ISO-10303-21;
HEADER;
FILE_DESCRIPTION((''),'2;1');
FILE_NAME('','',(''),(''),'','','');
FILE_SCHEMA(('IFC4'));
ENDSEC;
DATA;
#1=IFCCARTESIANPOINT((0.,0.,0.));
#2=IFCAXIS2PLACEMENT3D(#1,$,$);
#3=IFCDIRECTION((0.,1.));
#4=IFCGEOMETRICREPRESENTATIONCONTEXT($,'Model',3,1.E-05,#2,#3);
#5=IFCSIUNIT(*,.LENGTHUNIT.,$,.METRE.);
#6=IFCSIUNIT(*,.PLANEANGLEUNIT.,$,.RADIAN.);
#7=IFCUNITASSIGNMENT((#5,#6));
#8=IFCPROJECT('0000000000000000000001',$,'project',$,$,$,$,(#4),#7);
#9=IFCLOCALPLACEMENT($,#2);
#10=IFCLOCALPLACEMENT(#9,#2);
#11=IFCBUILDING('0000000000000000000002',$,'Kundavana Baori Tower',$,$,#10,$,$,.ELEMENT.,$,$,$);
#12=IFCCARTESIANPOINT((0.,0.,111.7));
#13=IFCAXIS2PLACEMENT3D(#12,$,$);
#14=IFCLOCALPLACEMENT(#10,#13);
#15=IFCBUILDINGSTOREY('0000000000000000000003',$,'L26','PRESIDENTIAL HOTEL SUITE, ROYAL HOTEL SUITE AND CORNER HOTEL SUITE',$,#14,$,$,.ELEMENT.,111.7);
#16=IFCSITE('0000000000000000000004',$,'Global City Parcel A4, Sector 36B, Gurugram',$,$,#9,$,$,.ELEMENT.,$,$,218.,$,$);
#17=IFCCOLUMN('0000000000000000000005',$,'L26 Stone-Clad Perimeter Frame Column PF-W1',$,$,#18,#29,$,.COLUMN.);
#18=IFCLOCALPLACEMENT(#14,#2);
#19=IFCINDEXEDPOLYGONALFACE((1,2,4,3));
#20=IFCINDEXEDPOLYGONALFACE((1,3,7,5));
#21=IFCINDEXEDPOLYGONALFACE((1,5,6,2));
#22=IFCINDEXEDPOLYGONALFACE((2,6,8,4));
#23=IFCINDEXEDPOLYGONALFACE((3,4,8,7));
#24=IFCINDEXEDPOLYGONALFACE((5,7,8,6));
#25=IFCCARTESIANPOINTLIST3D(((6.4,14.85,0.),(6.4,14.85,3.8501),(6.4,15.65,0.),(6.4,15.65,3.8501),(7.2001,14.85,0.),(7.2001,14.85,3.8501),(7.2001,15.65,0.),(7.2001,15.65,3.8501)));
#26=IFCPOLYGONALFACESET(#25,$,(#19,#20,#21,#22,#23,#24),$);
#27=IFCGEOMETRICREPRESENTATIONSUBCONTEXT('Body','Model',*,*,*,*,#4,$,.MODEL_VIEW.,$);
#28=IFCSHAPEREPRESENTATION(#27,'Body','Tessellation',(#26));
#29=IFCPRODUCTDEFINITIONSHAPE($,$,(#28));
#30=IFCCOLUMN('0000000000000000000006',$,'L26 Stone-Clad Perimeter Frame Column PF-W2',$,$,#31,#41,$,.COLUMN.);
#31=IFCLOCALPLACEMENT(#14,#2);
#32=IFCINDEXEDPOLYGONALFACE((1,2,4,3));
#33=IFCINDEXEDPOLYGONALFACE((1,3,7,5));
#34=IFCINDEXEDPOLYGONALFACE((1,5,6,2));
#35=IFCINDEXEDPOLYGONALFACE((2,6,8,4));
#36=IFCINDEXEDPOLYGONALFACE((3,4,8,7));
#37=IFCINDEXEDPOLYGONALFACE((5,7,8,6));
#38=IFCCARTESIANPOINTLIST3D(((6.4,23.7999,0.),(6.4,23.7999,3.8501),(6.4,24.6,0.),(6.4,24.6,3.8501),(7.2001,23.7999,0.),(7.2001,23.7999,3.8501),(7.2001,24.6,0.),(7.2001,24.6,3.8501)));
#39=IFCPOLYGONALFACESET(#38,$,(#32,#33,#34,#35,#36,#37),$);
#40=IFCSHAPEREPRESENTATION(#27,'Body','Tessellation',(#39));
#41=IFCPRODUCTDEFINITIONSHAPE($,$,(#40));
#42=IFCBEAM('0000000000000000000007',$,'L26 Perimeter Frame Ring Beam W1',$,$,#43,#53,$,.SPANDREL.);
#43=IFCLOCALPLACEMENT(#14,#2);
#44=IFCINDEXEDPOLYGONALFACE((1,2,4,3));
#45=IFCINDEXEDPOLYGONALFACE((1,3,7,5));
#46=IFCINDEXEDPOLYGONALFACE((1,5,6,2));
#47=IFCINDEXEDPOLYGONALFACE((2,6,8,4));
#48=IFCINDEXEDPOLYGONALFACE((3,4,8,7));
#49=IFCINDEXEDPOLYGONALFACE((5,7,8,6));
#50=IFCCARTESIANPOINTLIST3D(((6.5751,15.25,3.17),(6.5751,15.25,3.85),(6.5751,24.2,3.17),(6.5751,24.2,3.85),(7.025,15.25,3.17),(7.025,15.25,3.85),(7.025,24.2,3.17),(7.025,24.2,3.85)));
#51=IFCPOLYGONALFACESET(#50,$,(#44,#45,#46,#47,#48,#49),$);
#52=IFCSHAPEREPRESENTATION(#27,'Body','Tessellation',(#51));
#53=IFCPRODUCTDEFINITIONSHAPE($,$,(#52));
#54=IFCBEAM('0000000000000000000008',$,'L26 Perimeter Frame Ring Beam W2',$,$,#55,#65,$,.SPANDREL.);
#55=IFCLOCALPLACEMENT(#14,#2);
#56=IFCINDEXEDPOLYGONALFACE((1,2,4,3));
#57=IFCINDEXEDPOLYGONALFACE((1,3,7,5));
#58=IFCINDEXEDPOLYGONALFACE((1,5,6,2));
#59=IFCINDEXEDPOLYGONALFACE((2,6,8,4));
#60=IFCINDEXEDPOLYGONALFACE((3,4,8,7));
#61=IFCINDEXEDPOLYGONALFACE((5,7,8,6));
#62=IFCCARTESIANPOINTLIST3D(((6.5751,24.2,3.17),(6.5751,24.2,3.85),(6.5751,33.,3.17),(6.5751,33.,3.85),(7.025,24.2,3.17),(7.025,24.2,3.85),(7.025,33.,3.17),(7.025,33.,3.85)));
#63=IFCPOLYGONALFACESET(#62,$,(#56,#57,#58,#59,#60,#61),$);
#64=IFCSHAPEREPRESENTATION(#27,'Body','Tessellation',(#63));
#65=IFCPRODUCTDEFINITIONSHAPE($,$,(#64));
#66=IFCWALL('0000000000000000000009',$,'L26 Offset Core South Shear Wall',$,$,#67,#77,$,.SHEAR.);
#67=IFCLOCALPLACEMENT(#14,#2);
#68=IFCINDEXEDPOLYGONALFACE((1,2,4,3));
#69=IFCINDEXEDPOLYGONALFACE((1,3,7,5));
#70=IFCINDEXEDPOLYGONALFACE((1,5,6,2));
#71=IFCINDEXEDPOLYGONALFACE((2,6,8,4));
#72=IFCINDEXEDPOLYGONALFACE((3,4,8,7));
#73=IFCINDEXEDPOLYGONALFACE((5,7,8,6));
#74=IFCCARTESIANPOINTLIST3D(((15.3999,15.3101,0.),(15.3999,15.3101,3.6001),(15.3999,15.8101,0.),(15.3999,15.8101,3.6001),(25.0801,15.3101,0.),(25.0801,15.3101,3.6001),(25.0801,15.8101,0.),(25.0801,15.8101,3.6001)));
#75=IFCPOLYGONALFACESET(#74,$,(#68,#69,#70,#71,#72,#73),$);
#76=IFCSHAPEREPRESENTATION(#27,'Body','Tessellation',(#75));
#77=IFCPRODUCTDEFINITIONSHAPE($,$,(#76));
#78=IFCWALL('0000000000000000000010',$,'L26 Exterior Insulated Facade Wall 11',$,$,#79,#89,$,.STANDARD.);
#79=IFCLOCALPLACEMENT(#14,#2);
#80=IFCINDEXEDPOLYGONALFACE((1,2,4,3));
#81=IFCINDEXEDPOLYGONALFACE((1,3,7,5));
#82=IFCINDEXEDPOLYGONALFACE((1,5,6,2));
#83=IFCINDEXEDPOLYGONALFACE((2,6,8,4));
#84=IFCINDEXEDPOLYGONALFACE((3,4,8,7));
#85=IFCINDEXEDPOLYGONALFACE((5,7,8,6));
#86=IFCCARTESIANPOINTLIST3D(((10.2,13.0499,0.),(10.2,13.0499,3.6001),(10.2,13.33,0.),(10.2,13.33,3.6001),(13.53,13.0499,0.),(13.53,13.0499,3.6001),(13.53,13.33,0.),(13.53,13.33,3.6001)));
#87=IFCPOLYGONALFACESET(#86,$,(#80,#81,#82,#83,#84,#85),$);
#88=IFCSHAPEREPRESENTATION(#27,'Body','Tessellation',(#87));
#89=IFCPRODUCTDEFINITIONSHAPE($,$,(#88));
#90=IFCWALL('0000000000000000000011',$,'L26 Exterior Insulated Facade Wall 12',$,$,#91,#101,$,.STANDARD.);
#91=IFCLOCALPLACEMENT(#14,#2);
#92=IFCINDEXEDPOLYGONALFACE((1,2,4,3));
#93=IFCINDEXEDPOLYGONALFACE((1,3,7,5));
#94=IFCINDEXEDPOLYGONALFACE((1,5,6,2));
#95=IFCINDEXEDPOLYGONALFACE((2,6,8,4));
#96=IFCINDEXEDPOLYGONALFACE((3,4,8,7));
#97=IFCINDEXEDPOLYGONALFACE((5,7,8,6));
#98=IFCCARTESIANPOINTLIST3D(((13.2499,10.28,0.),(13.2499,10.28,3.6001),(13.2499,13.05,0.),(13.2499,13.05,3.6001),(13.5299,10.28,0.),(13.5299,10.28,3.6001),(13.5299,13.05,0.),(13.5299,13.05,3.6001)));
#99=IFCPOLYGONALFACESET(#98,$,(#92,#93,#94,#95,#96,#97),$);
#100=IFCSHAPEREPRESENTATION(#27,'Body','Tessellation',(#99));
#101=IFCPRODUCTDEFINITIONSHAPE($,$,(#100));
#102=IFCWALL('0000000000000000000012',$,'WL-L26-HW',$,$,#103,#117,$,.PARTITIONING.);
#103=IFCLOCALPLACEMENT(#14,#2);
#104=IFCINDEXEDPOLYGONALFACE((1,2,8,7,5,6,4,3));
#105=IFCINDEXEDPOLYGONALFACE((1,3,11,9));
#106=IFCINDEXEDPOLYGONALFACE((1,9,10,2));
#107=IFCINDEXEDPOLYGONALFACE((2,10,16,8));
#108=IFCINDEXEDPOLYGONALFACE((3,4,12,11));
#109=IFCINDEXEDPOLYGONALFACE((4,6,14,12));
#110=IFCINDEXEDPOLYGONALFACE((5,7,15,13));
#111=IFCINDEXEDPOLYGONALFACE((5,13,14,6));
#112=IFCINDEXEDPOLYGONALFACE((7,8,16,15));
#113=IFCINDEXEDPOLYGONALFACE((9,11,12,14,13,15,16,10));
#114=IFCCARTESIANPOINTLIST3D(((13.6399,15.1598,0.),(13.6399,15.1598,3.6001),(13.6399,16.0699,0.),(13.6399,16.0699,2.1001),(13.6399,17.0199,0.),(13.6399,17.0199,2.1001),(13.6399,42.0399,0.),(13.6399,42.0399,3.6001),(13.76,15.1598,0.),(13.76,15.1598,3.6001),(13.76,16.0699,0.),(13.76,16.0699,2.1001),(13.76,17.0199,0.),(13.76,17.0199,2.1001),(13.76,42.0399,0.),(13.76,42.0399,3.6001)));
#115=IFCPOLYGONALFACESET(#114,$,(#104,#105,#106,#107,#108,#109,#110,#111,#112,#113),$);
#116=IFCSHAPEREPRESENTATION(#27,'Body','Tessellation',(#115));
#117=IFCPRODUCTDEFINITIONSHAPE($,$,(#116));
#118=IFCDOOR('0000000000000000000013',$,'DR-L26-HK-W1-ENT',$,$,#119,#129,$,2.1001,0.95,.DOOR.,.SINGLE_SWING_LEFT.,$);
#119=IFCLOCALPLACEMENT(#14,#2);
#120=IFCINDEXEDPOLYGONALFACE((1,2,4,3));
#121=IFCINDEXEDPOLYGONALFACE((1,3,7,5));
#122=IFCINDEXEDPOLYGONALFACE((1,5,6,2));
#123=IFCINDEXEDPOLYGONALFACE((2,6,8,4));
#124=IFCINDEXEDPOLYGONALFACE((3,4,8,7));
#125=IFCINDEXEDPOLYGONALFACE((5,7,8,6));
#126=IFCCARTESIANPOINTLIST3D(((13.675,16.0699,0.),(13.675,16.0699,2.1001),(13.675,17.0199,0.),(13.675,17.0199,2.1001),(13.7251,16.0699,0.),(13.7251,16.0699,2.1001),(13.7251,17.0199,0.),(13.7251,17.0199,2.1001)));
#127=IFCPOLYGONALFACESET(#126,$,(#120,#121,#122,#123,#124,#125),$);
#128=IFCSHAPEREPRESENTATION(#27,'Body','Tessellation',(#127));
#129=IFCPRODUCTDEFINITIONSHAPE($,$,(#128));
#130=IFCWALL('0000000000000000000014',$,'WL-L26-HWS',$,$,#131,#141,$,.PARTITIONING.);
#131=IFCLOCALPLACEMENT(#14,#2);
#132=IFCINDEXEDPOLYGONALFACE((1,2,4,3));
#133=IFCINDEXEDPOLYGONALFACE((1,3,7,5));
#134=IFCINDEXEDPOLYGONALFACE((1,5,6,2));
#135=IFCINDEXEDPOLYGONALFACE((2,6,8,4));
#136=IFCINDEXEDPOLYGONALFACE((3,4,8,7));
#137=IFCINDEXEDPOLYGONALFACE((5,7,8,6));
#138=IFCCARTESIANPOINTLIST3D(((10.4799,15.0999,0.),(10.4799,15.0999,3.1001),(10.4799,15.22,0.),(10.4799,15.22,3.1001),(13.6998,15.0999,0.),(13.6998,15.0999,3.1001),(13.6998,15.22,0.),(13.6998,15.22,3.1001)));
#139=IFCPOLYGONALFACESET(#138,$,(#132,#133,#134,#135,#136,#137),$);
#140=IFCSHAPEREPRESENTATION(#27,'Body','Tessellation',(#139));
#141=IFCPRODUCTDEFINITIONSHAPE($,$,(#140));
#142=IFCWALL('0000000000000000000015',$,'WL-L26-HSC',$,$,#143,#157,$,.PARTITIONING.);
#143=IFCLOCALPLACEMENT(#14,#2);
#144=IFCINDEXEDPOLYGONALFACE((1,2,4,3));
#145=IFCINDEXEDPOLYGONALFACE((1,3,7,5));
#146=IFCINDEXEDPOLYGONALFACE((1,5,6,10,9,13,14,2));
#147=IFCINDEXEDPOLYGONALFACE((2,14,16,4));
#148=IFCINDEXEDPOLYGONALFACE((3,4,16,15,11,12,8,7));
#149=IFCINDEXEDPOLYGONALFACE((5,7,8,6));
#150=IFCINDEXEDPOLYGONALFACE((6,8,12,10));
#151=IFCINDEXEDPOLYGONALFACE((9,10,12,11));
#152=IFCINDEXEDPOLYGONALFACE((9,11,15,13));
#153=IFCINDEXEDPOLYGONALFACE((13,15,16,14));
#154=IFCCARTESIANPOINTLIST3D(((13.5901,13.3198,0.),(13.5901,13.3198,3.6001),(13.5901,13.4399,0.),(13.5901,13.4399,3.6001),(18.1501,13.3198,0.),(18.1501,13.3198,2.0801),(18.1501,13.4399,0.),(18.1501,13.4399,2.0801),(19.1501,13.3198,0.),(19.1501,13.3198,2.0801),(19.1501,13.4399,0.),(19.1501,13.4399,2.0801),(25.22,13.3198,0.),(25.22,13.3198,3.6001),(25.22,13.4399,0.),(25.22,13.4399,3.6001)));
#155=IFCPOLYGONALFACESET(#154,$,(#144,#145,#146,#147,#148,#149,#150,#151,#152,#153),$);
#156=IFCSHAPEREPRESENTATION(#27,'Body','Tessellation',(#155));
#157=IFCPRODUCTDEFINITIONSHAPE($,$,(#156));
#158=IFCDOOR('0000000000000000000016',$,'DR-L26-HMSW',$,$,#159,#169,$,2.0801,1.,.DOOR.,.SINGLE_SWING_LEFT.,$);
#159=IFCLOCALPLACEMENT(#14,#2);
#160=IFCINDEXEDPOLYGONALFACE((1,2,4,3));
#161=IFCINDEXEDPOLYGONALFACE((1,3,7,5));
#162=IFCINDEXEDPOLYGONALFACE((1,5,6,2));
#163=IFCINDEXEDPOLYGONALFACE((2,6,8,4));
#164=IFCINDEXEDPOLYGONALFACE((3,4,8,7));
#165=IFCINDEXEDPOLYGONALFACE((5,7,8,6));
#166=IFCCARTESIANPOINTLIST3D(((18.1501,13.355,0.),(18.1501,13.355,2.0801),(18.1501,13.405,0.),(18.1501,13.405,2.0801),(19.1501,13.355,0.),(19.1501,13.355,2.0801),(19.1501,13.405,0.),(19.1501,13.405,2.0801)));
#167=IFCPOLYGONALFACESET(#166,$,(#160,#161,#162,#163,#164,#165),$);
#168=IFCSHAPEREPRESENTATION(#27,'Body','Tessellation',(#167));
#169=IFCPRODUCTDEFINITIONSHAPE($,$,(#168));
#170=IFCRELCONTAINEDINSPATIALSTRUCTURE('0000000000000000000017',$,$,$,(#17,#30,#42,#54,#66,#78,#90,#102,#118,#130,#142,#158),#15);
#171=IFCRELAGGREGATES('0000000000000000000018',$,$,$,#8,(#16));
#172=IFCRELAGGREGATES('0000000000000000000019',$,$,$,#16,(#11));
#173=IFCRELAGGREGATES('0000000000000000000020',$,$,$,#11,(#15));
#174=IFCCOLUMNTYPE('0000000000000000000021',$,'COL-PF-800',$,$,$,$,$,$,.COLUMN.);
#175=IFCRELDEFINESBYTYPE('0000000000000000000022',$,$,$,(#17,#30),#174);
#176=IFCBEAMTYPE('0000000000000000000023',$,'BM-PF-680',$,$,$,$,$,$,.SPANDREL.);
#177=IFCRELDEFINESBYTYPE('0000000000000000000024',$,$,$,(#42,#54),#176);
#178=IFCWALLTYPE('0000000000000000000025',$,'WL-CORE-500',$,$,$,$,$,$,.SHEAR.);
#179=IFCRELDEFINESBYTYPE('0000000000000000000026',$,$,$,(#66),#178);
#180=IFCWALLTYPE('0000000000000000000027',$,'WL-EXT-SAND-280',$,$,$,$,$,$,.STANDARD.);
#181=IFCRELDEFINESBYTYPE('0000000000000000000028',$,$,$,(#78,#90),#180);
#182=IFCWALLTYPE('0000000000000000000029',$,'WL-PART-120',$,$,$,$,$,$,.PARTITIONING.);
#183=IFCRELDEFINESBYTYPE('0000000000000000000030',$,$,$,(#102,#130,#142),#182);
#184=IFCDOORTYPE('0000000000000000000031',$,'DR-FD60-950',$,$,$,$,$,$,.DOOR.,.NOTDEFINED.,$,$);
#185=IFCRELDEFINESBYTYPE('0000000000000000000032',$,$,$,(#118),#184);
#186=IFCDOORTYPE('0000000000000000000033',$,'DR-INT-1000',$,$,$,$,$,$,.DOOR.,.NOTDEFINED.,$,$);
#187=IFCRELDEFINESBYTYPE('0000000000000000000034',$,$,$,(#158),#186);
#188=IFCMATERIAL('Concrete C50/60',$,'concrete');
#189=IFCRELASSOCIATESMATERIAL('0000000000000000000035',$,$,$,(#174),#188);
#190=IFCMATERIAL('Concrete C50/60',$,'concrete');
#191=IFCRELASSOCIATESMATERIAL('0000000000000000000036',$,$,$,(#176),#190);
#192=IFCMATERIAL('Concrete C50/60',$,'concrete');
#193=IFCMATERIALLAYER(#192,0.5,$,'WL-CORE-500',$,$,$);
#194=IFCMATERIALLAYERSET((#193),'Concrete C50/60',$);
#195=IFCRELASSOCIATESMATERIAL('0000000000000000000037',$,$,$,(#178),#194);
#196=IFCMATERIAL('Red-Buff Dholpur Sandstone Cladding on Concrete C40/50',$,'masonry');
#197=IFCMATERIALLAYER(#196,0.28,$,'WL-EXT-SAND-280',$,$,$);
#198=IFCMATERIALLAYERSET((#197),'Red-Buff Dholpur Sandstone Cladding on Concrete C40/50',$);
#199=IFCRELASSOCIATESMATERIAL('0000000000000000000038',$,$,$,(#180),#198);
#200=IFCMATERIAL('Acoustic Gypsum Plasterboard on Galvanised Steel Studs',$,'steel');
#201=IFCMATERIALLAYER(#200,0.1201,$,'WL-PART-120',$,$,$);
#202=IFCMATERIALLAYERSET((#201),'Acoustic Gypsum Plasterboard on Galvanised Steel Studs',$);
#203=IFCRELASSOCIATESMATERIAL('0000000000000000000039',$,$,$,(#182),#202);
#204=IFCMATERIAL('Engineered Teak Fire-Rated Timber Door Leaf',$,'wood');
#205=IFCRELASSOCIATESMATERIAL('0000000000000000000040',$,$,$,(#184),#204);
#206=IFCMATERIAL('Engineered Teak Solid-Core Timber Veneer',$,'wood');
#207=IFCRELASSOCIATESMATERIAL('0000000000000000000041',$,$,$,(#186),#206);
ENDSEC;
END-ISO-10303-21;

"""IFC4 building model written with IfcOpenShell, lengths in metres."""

from ifc_helpers import new_model, si_unit, direction, frame, frame_2d, origin, origin_2d, place, context, subcontext, project, spatial, rectangle, extrude, material, layer, layer_set, material_profile, profile_set, type_object, element, fill, save


model = new_model("IFC4")

# Units and contexts
model_context = context("Model", 3, precision=1e-05, world=origin(), true_north=direction((0.0, 1.0)))
body_context = subcontext(model_context, "Body", "Model", "MODEL_VIEW")
ifc_project = project(units=[si_unit("LENGTHUNIT", "METRE"), si_unit("PLANEANGLEUNIT", "RADIAN")], contexts=[model_context])

# Site, building, storey
site_placement = place(None, origin())
site = spatial("IfcSite", under=ifc_project, at=site_placement, Name="Global City Parcel A4, Sector 36B, Gurugram", CompositionType="ELEMENT", RefElevation=218.0)
building_placement = place(site_placement, origin())
building = spatial("IfcBuilding", under=site, at=building_placement, Name="Kundavana Baori Tower", CompositionType="ELEMENT")
storey_placement = place(building_placement, frame((0.0, 0.0, 111.7)))
storey = spatial("IfcBuildingStorey", under=building, at=storey_placement, Name="L26", Description="PRESIDENTIAL HOTEL SUITE, ROYAL HOTEL SUITE AND CORNER HOTEL SUITE", CompositionType="ELEMENT", Elevation=111.7)

# Columns
ifc_material_1 = material(Name="Concrete C50/60", Category="concrete")
ifc_material_profile_1 = material_profile(ifc_material_1, rectangle(XDim=0.8, YDim=0.8, at=origin_2d()), Name="RC PF 800x800")
ifc_profile_set_1 = profile_set([ifc_material_profile_1], Name="Concrete C50/60")
column_type = type_object("IfcColumnType", Name="COL-PF-800", PredefinedType="COLUMN", material=ifc_profile_set_1)
for number, where, z_axis, x_axis, name in (
    (1, (6.8, 15.25, 0.0), (0.0, 0.0, 1.0), (1.0, 0.0, 0.0), "L26 Stone-Clad Perimeter Frame Column PF-W1"),
    (2, (6.8, 24.2, 0.0), (0.0, 0.0, 1.0), (1.0, 0.0, 0.0), "L26 Stone-Clad Perimeter Frame Column PF-W2"),
):
    element("IfcColumn", number, at=place(storey_placement, frame(where, z_axis=z_axis, x_axis=x_axis)), inside=storey, type_object=column_type, Name=name, PredefinedType="COLUMN", context=body_context, shape_type="SweptSolid", body=[
        extrude(rectangle(XDim=0.8, YDim=0.8, at=origin_2d()), origin(), (0.0, 0.0, 1.0), 3.8501),
    ])

# Beams
ifc_material_2 = material(Name="Concrete C50/60", Category="concrete")
ifc_material_profile_2 = material_profile(ifc_material_2, rectangle(XDim=0.45, YDim=0.6799, at=origin_2d()), Name="RC BM 450x680")
ifc_profile_set_2 = profile_set([ifc_material_profile_2], Name="Concrete C50/60")
beam_type = type_object("IfcBeamType", Name="BM-PF-680", PredefinedType="SPANDREL", material=ifc_profile_set_2)
beam_1_placement = place(storey_placement, frame((6.8, 15.25, 3.51), z_axis=(0.0, 1.0, 0.0), x_axis=(-1.0, 0.0, 0.0)))
element("IfcBeam", 3, at=beam_1_placement, inside=storey, type_object=beam_type, Name="L26 Perimeter Frame Ring Beam W1", PredefinedType="SPANDREL", context=body_context, shape_type="SweptSolid", body=[
    extrude(rectangle(XDim=0.45, YDim=0.6799, at=origin_2d()), origin(), (0.0, 0.0, 1.0), 8.95),
])
beam_2_placement = place(storey_placement, frame((6.8, 24.2, 3.51), z_axis=(0.0, 1.0, 0.0), x_axis=(-1.0, 0.0, 0.0)))
element("IfcBeam", 4, at=beam_2_placement, inside=storey, type_object=beam_type, Name="L26 Perimeter Frame Ring Beam W2", PredefinedType="SPANDREL", context=body_context, shape_type="SweptSolid", body=[
    extrude(rectangle(XDim=0.45, YDim=0.6799, at=origin_2d()), origin(), (0.0, 0.0, 1.0), 8.8),
])

# Walls
ifc_material_3 = material(Name="Concrete C50/60", Category="concrete")
ifc_layer_1 = layer(ifc_material_3, 0.5, Name="WL-CORE-500")
ifc_layer_set_1 = layer_set([ifc_layer_1], Name="Concrete C50/60")
wall_type_1 = type_object("IfcWallType", Name="WL-CORE-500", PredefinedType="SHEAR", material=ifc_layer_set_1)
wall_1_placement = place(storey_placement, frame((15.3999, 15.5601, 0.0), z_axis=(0.0, 0.0, 1.0), x_axis=(1.0, 0.0, 0.0)))
element("IfcWall", 5, at=wall_1_placement, inside=storey, type_object=wall_type_1, Name="L26 Offset Core South Shear Wall", PredefinedType="SHEAR", context=body_context, shape_type="SweptSolid", body=[
    extrude(rectangle(XDim=9.6802, YDim=0.5, at=frame_2d((4.8401, 0.0))), origin(), (0.0, 0.0, 1.0), 3.6001),
])
ifc_material_4 = material(Name="Red-Buff Dholpur Sandstone Cladding on Concrete C40/50", Category="masonry")
ifc_layer_2 = layer(ifc_material_4, 0.28, Name="WL-EXT-SAND-280")
ifc_layer_set_2 = layer_set([ifc_layer_2], Name="Red-Buff Dholpur Sandstone Cladding on Concrete C40/50")
wall_type_2 = type_object("IfcWallType", Name="WL-EXT-SAND-280", PredefinedType="STANDARD", material=ifc_layer_set_2)
wall_2_placement = place(storey_placement, frame((10.2, 13.1899, 0.0), z_axis=(0.0, 0.0, 1.0), x_axis=(1.0, 0.0, 0.0)))
element("IfcWall", 6, at=wall_2_placement, inside=storey, type_object=wall_type_2, Name="L26 Exterior Insulated Facade Wall 11", PredefinedType="STANDARD", context=body_context, shape_type="SweptSolid", body=[
    extrude(rectangle(XDim=3.3301, YDim=0.28, at=frame_2d((1.665, 0.0))), origin(), (0.0, 0.0, 1.0), 3.6001),
])
wall_3_placement = place(storey_placement, frame((13.3899, 13.05, 0.0), z_axis=(0.0, 0.0, 1.0), x_axis=(0.0, -1.0, 0.0)))
element("IfcWall", 7, at=wall_3_placement, inside=storey, type_object=wall_type_2, Name="L26 Exterior Insulated Facade Wall 12", PredefinedType="STANDARD", context=body_context, shape_type="SweptSolid", body=[
    extrude(rectangle(XDim=2.77, YDim=0.28, at=frame_2d((1.385, 0.0))), origin(), (0.0, 0.0, 1.0), 3.6001),
])

# Wall, opening, door
ifc_material_5 = material(Name="Acoustic Gypsum Plasterboard on Galvanised Steel Studs", Category="steel")
ifc_layer_3 = layer(ifc_material_5, 0.1201, Name="WL-PART-120")
ifc_layer_set_3 = layer_set([ifc_layer_3], Name="Acoustic Gypsum Plasterboard on Galvanised Steel Studs")
wall_type_3 = type_object("IfcWallType", Name="WL-PART-120", PredefinedType="PARTITIONING", material=ifc_layer_set_3)
wall_4_placement = place(storey_placement, frame((13.7, 15.1599, 0.0), z_axis=(0.0, 0.0, 1.0), x_axis=(0.0, 1.0, 0.0)))
wall_4 = element("IfcWall", 8, at=wall_4_placement, inside=storey, type_object=wall_type_3, Name="WL-L26-HW", PredefinedType="PARTITIONING", context=body_context, shape_type="SweptSolid", body=[
    extrude(rectangle(XDim=26.8801, YDim=0.1201, at=frame_2d((13.4399, 0.0))), origin(), (0.0, 0.0, 1.0), 3.6001),
])
opening_1_placement = place(wall_4_placement, frame((0.9099, 0.0, 0.0)))
opening_1 = element("IfcOpeningElement", 9, at=opening_1_placement, cuts=wall_4, PredefinedType="OPENING", context=body_context, shape_type="SweptSolid", body=[
    extrude(rectangle(XDim=0.95, YDim=2.1001, at=frame_2d((0.4751, 1.05))), frame((0.0, 0.0701, 0.0), z_axis=(0.0, -1.0, 0.0), x_axis=(1.0, 0.0, 0.0)), (0.0, 0.0, 1.0), 0.1401),
])
ifc_material_6 = material(Name="Engineered Teak Fire-Rated Timber Door Leaf", Category="wood")
door_type_1 = type_object("IfcDoorType", Name="DR-FD60-950", OperationType="NOTDEFINED", PredefinedType="DOOR", material=ifc_material_6)
door_1_placement = place(opening_1_placement, origin())
door_1 = element("IfcDoor", 10, at=door_1_placement, inside=storey, type_object=door_type_1, Name="DR-L26-HK-W1-ENT", OperationType="SINGLE_SWING_LEFT", OverallHeight=2.1001, OverallWidth=0.95, PredefinedType="DOOR", context=body_context, shape_type="SweptSolid", body=[
    extrude(rectangle(XDim=0.95, YDim=2.1001, at=frame_2d((0.4751, 1.05))), frame((0.0, 0.0249, 0.0), z_axis=(0.0, -1.0, 0.0), x_axis=(1.0, 0.0, 0.0)), (0.0, 0.0, 1.0), 0.05),
])
fill(opening_1, door_1)

# Wall
wall_5_placement = place(storey_placement, frame((10.48, 15.1599, 0.0), z_axis=(0.0, 0.0, 1.0), x_axis=(1.0, 0.0, 0.0)))
element("IfcWall", 11, at=wall_5_placement, inside=storey, type_object=wall_type_3, Name="WL-L26-HWS", PredefinedType="PARTITIONING", context=body_context, shape_type="SweptSolid", body=[
    extrude(rectangle(XDim=3.22, YDim=0.1201, at=frame_2d((1.6099, 0.0))), origin(), (0.0, 0.0, 1.0), 3.1001),
])

# Wall, opening, door
wall_6_placement = place(storey_placement, frame((13.5901, 13.3799, 0.0), z_axis=(0.0, 0.0, 1.0), x_axis=(1.0, 0.0, 0.0)))
wall_6 = element("IfcWall", 12, at=wall_6_placement, inside=storey, type_object=wall_type_3, Name="WL-L26-HSC", PredefinedType="PARTITIONING", context=body_context, shape_type="SweptSolid", body=[
    extrude(rectangle(XDim=11.6299, YDim=0.1201, at=frame_2d((5.8149, 0.0))), origin(), (0.0, 0.0, 1.0), 3.6001),
])
opening_2_placement = place(wall_6_placement, frame((4.5601, 0.0, 0.0)))
opening_2 = element("IfcOpeningElement", 13, at=opening_2_placement, cuts=wall_6, PredefinedType="OPENING", context=body_context, shape_type="SweptSolid", body=[
    extrude(rectangle(XDim=1.0, YDim=2.0801, at=frame_2d((0.5, 1.04))), frame((0.0, 0.0701, 0.0), z_axis=(0.0, -1.0, 0.0), x_axis=(1.0, 0.0, 0.0)), (0.0, 0.0, 1.0), 0.1401),
])
ifc_material_7 = material(Name="Engineered Teak Solid-Core Timber Veneer", Category="wood")
door_type_2 = type_object("IfcDoorType", Name="DR-INT-1000", OperationType="NOTDEFINED", PredefinedType="DOOR", material=ifc_material_7)
door_2_placement = place(opening_2_placement, frame((1.0, 0.0, 0.0), z_axis=(0.0, 0.0, 1.0), x_axis=(-1.0, 0.0, 0.0)))
door_2 = element("IfcDoor", 14, at=door_2_placement, inside=storey, type_object=door_type_2, Name="DR-L26-HMSW", OperationType="SINGLE_SWING_LEFT", OverallHeight=2.0801, OverallWidth=1.0, PredefinedType="DOOR", context=body_context, shape_type="SweptSolid", body=[
    extrude(rectangle(XDim=1.0, YDim=2.0801, at=frame_2d((0.5, 1.04))), frame((0.0, 0.0249, 0.0), z_axis=(0.0, -1.0, 0.0), x_axis=(1.0, 0.0, 0.0)), (0.0, 0.0, 1.0), 0.05),
])
fill(opening_2, door_2)

save(model, "model.ifc")
